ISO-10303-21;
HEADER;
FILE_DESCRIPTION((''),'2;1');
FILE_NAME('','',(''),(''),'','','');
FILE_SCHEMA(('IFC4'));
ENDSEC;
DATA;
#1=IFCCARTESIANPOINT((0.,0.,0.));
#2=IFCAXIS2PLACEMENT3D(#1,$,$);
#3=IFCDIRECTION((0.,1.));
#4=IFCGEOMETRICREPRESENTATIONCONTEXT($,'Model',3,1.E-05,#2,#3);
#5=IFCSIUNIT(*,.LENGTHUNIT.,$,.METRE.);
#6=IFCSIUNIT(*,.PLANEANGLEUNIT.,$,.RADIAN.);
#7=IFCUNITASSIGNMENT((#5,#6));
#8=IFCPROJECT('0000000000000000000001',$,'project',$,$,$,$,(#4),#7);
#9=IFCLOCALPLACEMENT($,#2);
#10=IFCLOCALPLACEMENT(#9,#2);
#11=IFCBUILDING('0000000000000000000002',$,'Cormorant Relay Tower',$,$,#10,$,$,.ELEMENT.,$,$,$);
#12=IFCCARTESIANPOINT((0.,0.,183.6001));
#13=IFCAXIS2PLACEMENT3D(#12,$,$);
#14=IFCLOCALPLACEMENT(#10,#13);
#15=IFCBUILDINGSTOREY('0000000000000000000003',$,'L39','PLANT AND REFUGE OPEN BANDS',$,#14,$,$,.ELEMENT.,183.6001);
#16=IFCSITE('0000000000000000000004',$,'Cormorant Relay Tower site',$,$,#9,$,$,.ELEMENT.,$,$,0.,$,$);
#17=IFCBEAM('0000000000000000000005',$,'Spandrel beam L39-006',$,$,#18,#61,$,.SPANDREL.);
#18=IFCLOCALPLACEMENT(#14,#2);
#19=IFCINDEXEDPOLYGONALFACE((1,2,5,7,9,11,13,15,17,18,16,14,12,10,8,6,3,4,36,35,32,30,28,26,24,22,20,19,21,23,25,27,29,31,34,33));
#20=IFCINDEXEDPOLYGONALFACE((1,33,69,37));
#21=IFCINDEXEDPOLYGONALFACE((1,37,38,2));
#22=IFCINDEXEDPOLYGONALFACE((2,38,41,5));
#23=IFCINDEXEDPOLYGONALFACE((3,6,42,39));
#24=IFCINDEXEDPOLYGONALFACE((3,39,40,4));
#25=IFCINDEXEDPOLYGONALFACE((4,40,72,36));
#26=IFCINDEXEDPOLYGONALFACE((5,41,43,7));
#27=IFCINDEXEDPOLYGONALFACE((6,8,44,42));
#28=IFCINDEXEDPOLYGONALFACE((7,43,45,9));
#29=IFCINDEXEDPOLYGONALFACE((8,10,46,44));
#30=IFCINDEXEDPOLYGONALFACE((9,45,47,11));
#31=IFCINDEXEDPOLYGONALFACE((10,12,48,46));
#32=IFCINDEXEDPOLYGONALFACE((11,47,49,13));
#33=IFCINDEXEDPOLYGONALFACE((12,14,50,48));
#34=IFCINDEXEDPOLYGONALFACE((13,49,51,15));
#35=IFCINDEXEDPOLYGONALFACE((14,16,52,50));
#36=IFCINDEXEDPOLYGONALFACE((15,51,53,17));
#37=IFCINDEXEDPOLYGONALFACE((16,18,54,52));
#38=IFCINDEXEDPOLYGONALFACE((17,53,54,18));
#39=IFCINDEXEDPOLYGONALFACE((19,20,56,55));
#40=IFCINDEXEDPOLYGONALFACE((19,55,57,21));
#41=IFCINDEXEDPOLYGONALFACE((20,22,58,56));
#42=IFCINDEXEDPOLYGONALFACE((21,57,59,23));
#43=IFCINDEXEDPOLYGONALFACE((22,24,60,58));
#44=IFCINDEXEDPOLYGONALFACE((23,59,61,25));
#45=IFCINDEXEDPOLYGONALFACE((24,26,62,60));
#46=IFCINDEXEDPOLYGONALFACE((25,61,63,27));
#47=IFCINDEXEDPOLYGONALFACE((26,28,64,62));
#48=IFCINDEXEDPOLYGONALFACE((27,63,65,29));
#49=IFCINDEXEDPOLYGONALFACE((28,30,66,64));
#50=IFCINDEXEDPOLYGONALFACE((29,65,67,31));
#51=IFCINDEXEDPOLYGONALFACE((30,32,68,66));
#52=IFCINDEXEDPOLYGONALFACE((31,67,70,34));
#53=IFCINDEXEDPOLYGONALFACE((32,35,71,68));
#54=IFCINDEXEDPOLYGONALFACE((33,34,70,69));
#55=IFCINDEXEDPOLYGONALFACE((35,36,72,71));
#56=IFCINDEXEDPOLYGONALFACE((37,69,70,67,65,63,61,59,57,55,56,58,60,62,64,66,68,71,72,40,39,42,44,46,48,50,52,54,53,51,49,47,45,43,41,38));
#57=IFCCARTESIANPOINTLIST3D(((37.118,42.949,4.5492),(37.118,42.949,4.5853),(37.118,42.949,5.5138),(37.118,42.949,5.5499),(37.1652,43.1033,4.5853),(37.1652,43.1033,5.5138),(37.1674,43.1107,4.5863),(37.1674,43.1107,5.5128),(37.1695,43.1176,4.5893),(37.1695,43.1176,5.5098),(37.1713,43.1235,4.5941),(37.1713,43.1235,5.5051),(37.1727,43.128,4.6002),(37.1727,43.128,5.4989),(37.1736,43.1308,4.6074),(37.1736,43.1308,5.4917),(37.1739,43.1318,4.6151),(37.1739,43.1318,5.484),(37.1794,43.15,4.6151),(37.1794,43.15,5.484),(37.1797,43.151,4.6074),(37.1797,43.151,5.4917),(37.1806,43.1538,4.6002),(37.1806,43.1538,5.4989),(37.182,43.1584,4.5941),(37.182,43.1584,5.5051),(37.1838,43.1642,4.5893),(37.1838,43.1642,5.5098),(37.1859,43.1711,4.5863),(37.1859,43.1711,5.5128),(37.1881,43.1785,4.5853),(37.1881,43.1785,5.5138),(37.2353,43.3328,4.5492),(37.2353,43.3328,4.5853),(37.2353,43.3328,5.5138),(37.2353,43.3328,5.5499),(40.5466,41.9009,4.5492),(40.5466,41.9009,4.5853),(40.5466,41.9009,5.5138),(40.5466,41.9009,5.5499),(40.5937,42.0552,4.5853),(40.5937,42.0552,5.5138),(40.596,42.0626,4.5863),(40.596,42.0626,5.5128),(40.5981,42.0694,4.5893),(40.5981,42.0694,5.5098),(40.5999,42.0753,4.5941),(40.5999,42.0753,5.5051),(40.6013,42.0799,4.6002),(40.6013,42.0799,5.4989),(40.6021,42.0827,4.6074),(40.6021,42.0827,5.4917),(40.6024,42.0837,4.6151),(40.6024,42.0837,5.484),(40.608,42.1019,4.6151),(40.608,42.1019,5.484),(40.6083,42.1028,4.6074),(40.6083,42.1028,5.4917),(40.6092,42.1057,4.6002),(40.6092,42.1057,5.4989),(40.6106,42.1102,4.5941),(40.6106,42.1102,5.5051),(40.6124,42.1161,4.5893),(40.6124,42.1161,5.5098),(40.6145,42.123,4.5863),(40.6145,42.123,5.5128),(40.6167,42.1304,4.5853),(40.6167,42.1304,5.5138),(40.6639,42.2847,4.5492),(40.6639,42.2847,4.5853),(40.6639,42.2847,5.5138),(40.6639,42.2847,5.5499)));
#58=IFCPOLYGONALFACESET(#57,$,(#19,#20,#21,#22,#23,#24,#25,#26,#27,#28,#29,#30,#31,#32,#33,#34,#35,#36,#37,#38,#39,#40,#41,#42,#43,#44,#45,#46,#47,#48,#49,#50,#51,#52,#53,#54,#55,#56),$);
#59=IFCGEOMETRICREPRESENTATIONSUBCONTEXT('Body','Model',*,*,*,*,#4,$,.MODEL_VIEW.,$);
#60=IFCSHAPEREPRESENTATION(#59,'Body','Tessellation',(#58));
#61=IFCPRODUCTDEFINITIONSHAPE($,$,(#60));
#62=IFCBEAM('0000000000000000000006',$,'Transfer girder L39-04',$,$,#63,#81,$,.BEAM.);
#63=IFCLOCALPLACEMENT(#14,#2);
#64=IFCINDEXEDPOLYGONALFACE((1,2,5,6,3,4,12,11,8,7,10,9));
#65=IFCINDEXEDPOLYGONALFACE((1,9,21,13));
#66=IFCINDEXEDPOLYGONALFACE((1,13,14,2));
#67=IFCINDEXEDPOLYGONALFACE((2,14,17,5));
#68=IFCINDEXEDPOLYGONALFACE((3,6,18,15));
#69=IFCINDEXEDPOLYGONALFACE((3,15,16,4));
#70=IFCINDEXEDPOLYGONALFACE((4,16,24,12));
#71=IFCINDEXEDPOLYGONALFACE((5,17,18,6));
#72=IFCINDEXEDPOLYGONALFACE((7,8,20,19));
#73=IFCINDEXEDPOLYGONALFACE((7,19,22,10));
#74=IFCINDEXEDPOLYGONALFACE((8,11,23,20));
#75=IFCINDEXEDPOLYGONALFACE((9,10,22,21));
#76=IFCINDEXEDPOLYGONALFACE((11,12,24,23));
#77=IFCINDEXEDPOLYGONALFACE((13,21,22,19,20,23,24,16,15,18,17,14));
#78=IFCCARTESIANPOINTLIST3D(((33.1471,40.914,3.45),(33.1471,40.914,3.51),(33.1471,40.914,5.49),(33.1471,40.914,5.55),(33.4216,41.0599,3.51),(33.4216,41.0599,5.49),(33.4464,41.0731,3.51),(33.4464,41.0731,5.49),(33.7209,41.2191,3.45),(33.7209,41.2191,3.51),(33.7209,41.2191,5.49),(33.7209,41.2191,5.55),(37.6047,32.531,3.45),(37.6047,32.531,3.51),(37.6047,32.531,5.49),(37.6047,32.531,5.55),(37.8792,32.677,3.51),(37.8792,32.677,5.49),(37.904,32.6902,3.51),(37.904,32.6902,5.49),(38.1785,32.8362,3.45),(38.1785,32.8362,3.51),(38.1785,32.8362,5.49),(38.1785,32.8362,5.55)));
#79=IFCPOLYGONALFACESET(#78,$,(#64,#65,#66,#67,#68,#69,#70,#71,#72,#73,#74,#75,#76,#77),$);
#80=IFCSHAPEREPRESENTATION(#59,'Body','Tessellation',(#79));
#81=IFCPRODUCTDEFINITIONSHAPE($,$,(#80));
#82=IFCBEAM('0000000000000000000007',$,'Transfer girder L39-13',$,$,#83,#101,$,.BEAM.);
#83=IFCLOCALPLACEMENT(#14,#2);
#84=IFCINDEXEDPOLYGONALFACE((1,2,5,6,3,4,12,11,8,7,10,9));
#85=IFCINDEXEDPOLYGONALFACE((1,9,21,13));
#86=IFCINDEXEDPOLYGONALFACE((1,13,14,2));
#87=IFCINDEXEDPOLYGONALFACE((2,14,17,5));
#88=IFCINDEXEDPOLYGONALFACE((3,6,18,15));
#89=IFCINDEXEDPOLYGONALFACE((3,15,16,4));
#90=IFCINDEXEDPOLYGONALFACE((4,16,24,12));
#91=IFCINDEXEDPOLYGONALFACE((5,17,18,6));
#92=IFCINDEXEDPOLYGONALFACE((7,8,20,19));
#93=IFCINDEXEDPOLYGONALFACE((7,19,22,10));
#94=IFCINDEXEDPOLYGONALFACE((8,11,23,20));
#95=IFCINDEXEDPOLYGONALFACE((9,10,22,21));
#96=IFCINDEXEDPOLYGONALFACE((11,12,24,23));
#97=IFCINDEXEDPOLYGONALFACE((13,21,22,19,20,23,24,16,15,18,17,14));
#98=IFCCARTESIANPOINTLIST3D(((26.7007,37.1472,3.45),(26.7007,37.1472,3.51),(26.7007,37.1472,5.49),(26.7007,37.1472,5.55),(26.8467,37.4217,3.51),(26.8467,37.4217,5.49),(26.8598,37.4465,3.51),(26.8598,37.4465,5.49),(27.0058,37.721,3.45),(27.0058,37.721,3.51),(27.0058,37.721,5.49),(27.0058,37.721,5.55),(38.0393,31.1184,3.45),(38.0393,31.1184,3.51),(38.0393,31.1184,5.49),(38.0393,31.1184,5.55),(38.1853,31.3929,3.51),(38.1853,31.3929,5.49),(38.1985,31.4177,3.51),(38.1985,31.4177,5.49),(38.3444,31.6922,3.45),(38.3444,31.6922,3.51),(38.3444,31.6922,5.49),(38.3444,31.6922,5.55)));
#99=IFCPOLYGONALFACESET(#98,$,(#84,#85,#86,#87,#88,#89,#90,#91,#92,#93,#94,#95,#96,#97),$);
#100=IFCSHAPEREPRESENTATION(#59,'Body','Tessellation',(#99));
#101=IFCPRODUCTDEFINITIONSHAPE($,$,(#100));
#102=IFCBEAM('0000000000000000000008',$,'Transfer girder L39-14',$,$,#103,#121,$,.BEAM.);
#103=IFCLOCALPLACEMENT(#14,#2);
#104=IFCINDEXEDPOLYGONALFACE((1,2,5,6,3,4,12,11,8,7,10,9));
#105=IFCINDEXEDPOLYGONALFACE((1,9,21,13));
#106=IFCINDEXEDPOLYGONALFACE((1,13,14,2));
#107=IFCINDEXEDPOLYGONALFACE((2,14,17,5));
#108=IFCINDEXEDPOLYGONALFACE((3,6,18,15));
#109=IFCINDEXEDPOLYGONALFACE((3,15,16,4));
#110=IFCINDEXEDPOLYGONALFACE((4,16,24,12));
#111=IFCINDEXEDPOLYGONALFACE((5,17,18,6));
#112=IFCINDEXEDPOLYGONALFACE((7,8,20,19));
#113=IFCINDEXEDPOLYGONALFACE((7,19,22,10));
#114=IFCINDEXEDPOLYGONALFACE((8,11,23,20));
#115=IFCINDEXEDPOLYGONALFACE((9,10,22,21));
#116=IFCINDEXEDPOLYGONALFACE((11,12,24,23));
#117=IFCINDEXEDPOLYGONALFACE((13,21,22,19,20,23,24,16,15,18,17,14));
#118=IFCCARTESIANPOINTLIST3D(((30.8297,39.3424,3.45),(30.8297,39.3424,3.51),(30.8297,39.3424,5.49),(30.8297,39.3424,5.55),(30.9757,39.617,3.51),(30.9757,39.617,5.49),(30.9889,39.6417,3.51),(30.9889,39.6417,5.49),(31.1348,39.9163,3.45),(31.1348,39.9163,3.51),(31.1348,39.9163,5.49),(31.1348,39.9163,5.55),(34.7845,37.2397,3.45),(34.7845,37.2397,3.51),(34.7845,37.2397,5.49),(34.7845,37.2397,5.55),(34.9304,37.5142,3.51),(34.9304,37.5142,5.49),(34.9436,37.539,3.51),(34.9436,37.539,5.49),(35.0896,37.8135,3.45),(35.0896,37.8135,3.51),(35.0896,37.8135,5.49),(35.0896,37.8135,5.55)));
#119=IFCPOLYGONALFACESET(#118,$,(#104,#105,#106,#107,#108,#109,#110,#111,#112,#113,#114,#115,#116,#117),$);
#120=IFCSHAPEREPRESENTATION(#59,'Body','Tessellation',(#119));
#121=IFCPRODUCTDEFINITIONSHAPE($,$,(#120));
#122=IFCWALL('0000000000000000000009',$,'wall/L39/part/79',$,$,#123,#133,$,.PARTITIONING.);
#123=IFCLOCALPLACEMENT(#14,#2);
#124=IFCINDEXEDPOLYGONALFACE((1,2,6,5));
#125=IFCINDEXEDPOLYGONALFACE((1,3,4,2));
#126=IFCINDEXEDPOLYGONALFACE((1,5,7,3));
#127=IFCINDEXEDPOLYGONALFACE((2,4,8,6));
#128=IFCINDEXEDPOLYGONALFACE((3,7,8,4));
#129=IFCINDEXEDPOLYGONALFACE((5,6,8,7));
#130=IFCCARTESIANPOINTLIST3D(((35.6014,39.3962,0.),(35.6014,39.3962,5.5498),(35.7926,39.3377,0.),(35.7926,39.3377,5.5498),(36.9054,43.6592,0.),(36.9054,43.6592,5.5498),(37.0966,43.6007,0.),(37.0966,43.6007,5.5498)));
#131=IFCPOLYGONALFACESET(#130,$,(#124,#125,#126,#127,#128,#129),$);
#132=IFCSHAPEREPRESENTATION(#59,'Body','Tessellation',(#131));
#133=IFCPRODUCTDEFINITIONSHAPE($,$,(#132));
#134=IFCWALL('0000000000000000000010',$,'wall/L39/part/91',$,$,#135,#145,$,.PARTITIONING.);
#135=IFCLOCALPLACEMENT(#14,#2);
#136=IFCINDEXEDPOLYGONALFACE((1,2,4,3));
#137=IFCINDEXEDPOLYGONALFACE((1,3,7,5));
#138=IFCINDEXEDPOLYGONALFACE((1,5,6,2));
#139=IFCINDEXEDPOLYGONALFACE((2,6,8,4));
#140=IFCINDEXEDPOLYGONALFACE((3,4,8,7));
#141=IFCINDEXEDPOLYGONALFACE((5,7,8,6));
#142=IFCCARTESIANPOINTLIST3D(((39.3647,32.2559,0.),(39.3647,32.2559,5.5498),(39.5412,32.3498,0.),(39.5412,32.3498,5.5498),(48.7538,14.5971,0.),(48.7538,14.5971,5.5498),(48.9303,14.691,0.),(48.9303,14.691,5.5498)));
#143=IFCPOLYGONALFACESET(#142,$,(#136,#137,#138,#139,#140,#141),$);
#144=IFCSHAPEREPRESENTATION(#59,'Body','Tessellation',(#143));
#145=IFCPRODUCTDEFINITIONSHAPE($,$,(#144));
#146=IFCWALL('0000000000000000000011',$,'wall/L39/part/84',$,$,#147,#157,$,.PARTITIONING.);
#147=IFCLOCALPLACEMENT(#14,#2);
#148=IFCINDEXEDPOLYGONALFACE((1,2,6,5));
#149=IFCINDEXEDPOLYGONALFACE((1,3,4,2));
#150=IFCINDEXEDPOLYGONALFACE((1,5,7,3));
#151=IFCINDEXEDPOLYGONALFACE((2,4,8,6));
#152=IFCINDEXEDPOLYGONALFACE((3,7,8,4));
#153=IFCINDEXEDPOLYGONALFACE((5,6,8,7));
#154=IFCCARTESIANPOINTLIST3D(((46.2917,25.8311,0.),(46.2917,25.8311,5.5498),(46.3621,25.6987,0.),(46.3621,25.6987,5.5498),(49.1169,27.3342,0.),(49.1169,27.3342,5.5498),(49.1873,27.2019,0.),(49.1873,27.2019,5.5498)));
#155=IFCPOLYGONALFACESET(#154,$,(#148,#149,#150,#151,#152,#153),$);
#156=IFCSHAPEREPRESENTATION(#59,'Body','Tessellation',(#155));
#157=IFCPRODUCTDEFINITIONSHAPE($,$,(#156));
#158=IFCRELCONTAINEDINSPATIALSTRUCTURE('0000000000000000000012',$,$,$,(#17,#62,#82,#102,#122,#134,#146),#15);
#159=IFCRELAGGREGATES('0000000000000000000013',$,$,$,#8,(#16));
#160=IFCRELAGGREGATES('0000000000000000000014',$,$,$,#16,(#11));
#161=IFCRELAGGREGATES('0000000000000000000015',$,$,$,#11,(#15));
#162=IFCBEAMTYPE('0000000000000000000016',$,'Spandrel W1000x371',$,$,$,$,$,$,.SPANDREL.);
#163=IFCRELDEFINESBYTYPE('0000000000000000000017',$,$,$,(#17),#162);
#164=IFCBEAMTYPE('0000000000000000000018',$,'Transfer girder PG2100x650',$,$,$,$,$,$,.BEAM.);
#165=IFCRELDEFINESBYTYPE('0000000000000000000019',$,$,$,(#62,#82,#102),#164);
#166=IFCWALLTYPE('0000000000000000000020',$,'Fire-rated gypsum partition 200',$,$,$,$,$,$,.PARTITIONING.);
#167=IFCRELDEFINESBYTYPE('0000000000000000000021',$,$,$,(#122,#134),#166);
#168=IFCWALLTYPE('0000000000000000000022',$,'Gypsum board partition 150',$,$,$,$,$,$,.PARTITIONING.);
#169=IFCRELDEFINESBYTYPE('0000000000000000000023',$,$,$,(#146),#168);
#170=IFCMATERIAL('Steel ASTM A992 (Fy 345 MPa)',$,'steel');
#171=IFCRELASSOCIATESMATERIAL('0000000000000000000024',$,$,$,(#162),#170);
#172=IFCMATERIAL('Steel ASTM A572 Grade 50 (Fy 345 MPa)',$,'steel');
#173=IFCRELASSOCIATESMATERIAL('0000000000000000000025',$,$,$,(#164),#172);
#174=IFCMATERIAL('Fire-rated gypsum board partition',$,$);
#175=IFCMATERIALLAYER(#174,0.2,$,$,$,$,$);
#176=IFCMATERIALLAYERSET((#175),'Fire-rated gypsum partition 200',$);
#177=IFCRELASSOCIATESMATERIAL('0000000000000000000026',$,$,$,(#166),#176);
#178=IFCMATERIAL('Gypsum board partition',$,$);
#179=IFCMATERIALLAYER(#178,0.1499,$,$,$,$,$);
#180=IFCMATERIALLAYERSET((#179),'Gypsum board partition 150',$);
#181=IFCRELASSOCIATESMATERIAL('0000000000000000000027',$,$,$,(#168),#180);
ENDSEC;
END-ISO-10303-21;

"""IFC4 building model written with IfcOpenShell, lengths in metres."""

from ifc_helpers import new_model, si_unit, direction, frame, frame_2d, origin, origin_2d, place, context, subcontext, project, spatial, rectangle, i_section, extrude, material, layer, layer_set, material_profile, profile_set, type_object, element, save


model = new_model("IFC4")

# Units and contexts
model_context = context("Model", 3, precision=1e-05, world=origin(), true_north=direction((0.0, 1.0)))
body_context = subcontext(model_context, "Body", "Model", "MODEL_VIEW")
ifc_project = project(units=[si_unit("LENGTHUNIT", "METRE"), si_unit("PLANEANGLEUNIT", "RADIAN")], contexts=[model_context])

# Site, building, storey
site_placement = place(None, origin())
site = spatial("IfcSite", under=ifc_project, at=site_placement, Name="Cormorant Relay Tower site", CompositionType="ELEMENT", RefElevation=0.0)
building_placement = place(site_placement, origin())
building = spatial("IfcBuilding", under=site, at=building_placement, Name="Cormorant Relay Tower", CompositionType="ELEMENT")
storey_placement = place(building_placement, frame((0.0, 0.0, 183.6001)))
storey = spatial("IfcBuildingStorey", under=building, at=storey_placement, Name="L39", Description="PLANT AND REFUGE OPEN BANDS", CompositionType="ELEMENT", Elevation=183.6001)

# Beams
ifc_material_1 = material(Name="Steel ASTM A992 (Fy 345 MPa)", Category="steel")
ifc_material_profile_1 = material_profile(ifc_material_1, i_section(OverallWidth=0.4014, OverallDepth=1.0007, WebThickness=0.019, FlangeThickness=0.0361, FilletRadius=0.0298, at=origin_2d()), Name="W1000x371")
ifc_profile_set_1 = profile_set([ifc_material_profile_1], Name="Steel ASTM A992 (Fy 345 MPa)")
beam_type_1 = type_object("IfcBeamType", Name="Spandrel W1000x371", PredefinedType="SPANDREL", material=ifc_profile_set_1)
beam_1_placement = place(storey_placement, frame((40.6052, 42.0928, 5.0496), z_axis=(-0.956312, 0.292348, 0.0), x_axis=(-0.292348, -0.956312, 0.0)))
element("IfcBeam", 1, at=beam_1_placement, inside=storey, type_object=beam_type_1, Name="Spandrel beam L39-006", PredefinedType="SPANDREL", context=body_context, shape_type="SweptSolid", body=[
    extrude(i_section(OverallWidth=0.4014, OverallDepth=1.0007, WebThickness=0.019, FlangeThickness=0.0361, FilletRadius=0.0298, at=origin_2d()), origin(), (0.0, 0.0, 1.0), 3.5852),
])
ifc_material_2 = material(Name="Steel ASTM A572 Grade 50 (Fy 345 MPa)", Category="steel")
ifc_material_profile_2 = material_profile(ifc_material_2, i_section(OverallWidth=0.6499, OverallDepth=2.1001, WebThickness=0.0281, FlangeThickness=0.0601, at=origin_2d()), Name="PG2100x650")
ifc_profile_set_2 = profile_set([ifc_material_profile_2], Name="Steel ASTM A572 Grade 50 (Fy 345 MPa)")
beam_type_2 = type_object("IfcBeamType", Name="Transfer girder PG2100x650", PredefinedType="BEAM", material=ifc_profile_set_2)
beam_2_placement = place(storey_placement, frame((37.8916, 32.6836, 4.5), z_axis=(-0.469496, 0.882935, 0.0), x_axis=(-0.882935, -0.469496, 0.0)))
element("IfcBeam", 2, at=beam_2_placement, inside=storey, type_object=beam_type_2, Name="Transfer girder L39-04", PredefinedType="BEAM", context=body_context, shape_type="SweptSolid", body=[
    extrude(i_section(OverallWidth=0.6499, OverallDepth=2.1001, WebThickness=0.0281, FlangeThickness=0.0601, at=origin_2d()), origin(), (0.0, 0.0, 1.0), 9.4944),
])
beam_3_placement = place(storey_placement, frame((38.1919, 31.4053, 4.5), z_axis=(-0.882949, 0.469469, 0.0), x_axis=(-0.469469, -0.882949, 0.0)))
element("IfcBeam", 3, at=beam_3_placement, inside=storey, type_object=beam_type_2, Name="Transfer girder L39-13", PredefinedType="BEAM", context=body_context, shape_type="SweptSolid", body=[
    extrude(i_section(OverallWidth=0.6499, OverallDepth=2.1001, WebThickness=0.0281, FlangeThickness=0.0601, at=origin_2d()), origin(), (0.0, 0.0, 1.0), 12.8418),
])
beam_4_placement = place(storey_placement, frame((34.937, 37.5266, 4.5), z_axis=(-0.882951, 0.469465, 0.0), x_axis=(-0.469465, -0.882951, 0.0)))
element("IfcBeam", 4, at=beam_4_placement, inside=storey, type_object=beam_type_2, Name="Transfer girder L39-14", PredefinedType="BEAM", context=body_context, shape_type="SweptSolid", body=[
    extrude(i_section(OverallWidth=0.6499, OverallDepth=2.1001, WebThickness=0.0281, FlangeThickness=0.0601, at=origin_2d()), origin(), (0.0, 0.0, 1.0), 4.479),
])

# Walls
ifc_material_3 = material(Name="Fire-rated gypsum board partition")
ifc_layer_1 = layer(ifc_material_3, 0.2)
ifc_layer_set_1 = layer_set([ifc_layer_1], Name="Fire-rated gypsum partition 200")
wall_type_1 = type_object("IfcWallType", Name="Fire-rated gypsum partition 200", PredefinedType="PARTITIONING", material=ifc_layer_set_1)
wall_1_placement = place(storey_placement, frame((35.697, 39.3669, 0.0), z_axis=(0.0, 0.0, 1.0), x_axis=(0.292504, 0.956264, 0.0)))
element("IfcWall", 5, at=wall_1_placement, inside=storey, type_object=wall_type_1, Name="wall/L39/part/79", PredefinedType="PARTITIONING", context=body_context, shape_type="SweptSolid", body=[
    extrude(rectangle(XDim=4.458, YDim=0.2, at=frame_2d((2.229, 0.0))), origin(), (0.0, 0.0, 1.0), 5.5498),
])
wall_2_placement = place(storey_placement, frame((39.4529, 32.303, 0.0), z_axis=(0.0, 0.0, 1.0), x_axis=(0.469461, -0.882953, 0.0)))
element("IfcWall", 6, at=wall_2_placement, inside=storey, type_object=wall_type_1, Name="wall/L39/part/91", PredefinedType="PARTITIONING", context=body_context, shape_type="SweptSolid", body=[
    extrude(rectangle(XDim=19.9998, YDim=0.2, at=frame_2d((10.0, 0.0))), origin(), (0.0, 0.0, 1.0), 5.5498),
])
ifc_material_4 = material(Name="Gypsum board partition")
ifc_layer_2 = layer(ifc_material_4, 0.1499)
ifc_layer_set_2 = layer_set([ifc_layer_2], Name="Gypsum board partition 150")
wall_type_2 = type_object("IfcWallType", Name="Gypsum board partition 150", PredefinedType="PARTITIONING", material=ifc_layer_set_2)
wall_3_placement = place(storey_placement, frame((49.1521, 27.2681, 0.0), z_axis=(0.0, 0.0, 1.0), x_axis=(-0.882819, -0.469713, 0.0)))
element("IfcWall", 7, at=wall_3_placement, inside=storey, type_object=wall_type_2, Name="wall/L39/part/84", PredefinedType="PARTITIONING", context=body_context, shape_type="SweptSolid", body=[
    extrude(rectangle(XDim=3.2002, YDim=0.1499, at=frame_2d((1.6001, 0.0))), origin(), (0.0, 0.0, 1.0), 5.5498),
])

save(model, "model.ifc")
